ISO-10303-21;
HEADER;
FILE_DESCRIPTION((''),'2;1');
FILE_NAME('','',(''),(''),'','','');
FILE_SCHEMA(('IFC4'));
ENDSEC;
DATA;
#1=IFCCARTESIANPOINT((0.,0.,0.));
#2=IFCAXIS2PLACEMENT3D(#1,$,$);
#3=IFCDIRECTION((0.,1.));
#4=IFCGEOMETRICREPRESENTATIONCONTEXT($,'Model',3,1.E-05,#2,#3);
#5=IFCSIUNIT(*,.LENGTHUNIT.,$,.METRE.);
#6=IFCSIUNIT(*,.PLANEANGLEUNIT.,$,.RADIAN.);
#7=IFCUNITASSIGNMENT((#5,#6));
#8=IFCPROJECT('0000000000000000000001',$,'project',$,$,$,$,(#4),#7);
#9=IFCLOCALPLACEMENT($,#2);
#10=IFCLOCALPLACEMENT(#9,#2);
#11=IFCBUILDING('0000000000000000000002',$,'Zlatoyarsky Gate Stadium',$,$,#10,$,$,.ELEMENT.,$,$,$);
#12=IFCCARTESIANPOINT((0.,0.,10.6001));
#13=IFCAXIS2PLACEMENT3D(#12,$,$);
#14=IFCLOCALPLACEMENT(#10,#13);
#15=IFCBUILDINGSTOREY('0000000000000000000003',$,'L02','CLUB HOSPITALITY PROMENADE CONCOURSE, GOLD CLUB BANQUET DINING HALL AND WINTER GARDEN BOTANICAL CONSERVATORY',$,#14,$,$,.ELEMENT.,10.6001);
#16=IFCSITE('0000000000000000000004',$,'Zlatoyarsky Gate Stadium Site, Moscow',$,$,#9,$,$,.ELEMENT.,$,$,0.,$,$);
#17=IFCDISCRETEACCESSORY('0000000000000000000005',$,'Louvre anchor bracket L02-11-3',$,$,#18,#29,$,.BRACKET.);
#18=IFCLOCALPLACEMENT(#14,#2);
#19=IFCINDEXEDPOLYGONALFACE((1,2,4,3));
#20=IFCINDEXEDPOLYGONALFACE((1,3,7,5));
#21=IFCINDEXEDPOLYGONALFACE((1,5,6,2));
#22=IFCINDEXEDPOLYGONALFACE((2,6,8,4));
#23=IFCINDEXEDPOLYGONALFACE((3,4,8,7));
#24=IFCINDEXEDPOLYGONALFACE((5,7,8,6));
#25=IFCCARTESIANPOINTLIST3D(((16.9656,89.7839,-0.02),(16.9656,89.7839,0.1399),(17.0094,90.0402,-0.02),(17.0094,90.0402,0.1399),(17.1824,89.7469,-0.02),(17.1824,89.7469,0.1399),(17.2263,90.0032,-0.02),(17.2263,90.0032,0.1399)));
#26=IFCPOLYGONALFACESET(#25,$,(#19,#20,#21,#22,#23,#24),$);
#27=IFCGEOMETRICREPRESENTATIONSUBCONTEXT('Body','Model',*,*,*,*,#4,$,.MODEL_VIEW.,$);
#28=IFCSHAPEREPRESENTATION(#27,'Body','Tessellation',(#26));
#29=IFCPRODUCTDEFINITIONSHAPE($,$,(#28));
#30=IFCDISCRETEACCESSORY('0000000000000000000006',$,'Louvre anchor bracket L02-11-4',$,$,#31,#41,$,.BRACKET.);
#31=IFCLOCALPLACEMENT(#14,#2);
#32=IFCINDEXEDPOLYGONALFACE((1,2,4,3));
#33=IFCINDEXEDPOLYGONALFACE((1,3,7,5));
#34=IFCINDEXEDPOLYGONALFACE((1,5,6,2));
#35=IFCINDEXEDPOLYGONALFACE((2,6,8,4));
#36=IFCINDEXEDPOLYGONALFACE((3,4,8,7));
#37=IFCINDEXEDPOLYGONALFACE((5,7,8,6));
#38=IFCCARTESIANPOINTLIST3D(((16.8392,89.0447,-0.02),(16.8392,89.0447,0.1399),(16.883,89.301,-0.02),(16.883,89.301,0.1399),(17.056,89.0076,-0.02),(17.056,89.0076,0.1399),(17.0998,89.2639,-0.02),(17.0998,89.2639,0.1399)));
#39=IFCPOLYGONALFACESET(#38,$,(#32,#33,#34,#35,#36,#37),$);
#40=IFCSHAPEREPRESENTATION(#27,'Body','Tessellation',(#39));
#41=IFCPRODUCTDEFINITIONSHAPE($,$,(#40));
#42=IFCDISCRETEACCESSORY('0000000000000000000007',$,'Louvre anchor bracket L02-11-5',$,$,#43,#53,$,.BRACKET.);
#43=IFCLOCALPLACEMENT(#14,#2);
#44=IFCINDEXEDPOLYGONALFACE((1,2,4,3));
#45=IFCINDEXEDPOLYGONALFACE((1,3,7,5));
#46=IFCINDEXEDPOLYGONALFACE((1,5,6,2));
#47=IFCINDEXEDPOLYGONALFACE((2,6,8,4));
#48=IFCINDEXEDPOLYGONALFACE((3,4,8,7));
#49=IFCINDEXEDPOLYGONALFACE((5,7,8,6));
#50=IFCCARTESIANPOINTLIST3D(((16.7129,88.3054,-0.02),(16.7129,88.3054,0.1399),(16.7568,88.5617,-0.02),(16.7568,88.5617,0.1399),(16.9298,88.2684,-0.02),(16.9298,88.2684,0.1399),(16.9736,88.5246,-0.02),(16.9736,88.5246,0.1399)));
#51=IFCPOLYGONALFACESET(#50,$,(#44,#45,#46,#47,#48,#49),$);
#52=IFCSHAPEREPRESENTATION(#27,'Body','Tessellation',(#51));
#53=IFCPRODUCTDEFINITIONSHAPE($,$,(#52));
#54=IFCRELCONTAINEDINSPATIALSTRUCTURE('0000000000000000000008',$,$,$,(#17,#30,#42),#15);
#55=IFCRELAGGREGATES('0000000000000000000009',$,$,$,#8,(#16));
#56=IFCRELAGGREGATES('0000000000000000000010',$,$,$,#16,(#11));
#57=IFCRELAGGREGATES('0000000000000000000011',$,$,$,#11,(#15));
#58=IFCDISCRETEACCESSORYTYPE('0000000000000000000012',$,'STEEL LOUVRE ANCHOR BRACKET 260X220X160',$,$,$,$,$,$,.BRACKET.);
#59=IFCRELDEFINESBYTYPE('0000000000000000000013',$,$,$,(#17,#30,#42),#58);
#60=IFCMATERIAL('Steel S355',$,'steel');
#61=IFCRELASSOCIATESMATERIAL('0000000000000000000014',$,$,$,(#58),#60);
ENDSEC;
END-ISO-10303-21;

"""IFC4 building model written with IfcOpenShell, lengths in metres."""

from ifc_helpers import new_model, si_unit, direction, frame, origin, origin_2d, place, context, subcontext, project, spatial, rectangle, extrude, material, type_object, element, save


model = new_model("IFC4")

# Units and contexts
model_context = context("Model", 3, precision=1e-05, world=origin(), true_north=direction((0.0, 1.0)))
body_context = subcontext(model_context, "Body", "Model", "MODEL_VIEW")
ifc_project = project(units=[si_unit("LENGTHUNIT", "METRE"), si_unit("PLANEANGLEUNIT", "RADIAN")], contexts=[model_context])

# Site, building, storey
site_placement = place(None, origin())
site = spatial("IfcSite", under=ifc_project, at=site_placement, Name="Zlatoyarsky Gate Stadium Site, Moscow", CompositionType="ELEMENT", RefElevation=0.0)
building_placement = place(site_placement, origin())
building = spatial("IfcBuilding", under=site, at=building_placement, Name="Zlatoyarsky Gate Stadium", CompositionType="ELEMENT")
storey_placement = place(building_placement, frame((0.0, 0.0, 10.6001)))
storey = spatial("IfcBuildingStorey", under=building, at=storey_placement, Name="L02", Description="CLUB HOSPITALITY PROMENADE CONCOURSE, GOLD CLUB BANQUET DINING HALL AND WINTER GARDEN BOTANICAL CONSERVATORY", CompositionType="ELEMENT", Elevation=10.6001)

# Shared definitions
ifc_material_1 = material(Name="Steel S355", Category="steel")

# Discrete accessories
discrete_accessory_type = type_object("IfcDiscreteAccessoryType", Name="STEEL LOUVRE ANCHOR BRACKET 260X220X160", PredefinedType="BRACKET", material=ifc_material_1)
for number, where, z_axis, x_axis, name in (
    (1, (17.0959, 89.8936, -0.02), (0.0, 0.0, 1.0), (-0.168563, -0.985691, 0.0), "Louvre anchor bracket L02-11-3"),
    (2, (16.9695, 89.1543, -0.02), (0.0, 0.0, 1.0), (-0.168563, -0.985691, 0.0), "Louvre anchor bracket L02-11-4"),
    (3, (16.8433, 88.415, -0.02), (0.0, 0.0, 1.0), (-0.168563, -0.985691, 0.0), "Louvre anchor bracket L02-11-5"),
):
    element("IfcDiscreteAccessory", number, at=place(storey_placement, frame(where, z_axis=z_axis, x_axis=x_axis)), inside=storey, type_object=discrete_accessory_type, Name=name, PredefinedType="BRACKET", context=body_context, shape_type="SweptSolid", body=[
        extrude(rectangle(XDim=0.26, YDim=0.22, at=origin_2d()), origin(), (0.0, 0.0, 1.0), 0.1599),
    ])

save(model, "model.ifc")
